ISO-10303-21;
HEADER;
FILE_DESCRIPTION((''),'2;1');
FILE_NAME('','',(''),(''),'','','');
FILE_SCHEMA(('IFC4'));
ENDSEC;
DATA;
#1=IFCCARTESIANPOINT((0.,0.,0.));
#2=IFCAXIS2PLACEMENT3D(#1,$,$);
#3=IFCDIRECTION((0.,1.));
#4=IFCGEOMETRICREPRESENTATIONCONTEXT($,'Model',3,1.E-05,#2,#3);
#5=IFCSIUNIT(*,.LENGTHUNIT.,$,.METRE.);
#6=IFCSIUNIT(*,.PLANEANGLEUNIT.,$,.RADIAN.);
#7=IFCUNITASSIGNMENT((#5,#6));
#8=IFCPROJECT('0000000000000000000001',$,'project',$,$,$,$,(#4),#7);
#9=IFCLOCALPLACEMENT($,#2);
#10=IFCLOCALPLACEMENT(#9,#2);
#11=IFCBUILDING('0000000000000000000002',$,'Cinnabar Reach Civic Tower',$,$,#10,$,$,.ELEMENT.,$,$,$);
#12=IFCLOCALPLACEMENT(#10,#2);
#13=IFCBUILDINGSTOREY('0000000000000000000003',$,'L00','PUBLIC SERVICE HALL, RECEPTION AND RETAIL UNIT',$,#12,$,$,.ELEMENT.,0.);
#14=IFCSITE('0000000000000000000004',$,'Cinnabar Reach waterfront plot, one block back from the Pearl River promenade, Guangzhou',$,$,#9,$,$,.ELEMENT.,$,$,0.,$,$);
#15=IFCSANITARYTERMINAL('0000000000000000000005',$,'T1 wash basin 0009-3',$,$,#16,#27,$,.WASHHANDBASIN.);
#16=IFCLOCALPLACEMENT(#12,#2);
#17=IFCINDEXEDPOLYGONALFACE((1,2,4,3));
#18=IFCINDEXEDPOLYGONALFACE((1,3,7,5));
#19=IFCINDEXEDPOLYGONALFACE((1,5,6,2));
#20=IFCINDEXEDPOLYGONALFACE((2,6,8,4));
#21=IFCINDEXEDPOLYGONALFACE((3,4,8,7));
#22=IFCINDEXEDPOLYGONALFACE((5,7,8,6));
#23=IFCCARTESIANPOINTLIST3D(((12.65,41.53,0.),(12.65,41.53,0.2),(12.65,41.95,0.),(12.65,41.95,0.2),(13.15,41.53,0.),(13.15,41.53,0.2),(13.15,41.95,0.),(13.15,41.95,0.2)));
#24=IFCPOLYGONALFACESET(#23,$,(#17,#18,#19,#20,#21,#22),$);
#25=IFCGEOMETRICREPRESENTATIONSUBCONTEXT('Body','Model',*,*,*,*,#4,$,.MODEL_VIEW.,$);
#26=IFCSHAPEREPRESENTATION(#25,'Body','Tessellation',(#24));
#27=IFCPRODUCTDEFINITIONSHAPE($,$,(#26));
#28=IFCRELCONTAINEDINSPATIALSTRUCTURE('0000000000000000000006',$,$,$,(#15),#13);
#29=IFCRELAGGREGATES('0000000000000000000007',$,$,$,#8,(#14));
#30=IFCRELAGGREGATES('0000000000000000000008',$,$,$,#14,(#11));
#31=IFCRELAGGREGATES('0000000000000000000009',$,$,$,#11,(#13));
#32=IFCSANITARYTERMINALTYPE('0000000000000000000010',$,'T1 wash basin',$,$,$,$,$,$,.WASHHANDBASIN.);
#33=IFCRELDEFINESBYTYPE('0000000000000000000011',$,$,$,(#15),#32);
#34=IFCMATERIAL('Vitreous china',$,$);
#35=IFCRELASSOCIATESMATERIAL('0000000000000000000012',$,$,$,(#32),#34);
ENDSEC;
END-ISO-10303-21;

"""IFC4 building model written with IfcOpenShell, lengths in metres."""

from ifc_helpers import new_model, si_unit, direction, frame, origin, origin_2d, place, context, subcontext, project, spatial, rectangle, extrude, material, type_object, element, save


model = new_model("IFC4")

# Units and contexts
model_context = context("Model", 3, precision=1e-05, world=origin(), true_north=direction((0.0, 1.0)))
body_context = subcontext(model_context, "Body", "Model", "MODEL_VIEW")
ifc_project = project(units=[si_unit("LENGTHUNIT", "METRE"), si_unit("PLANEANGLEUNIT", "RADIAN")], contexts=[model_context])

# Site, building, storey
site_placement = place(None, origin())
site = spatial("IfcSite", under=ifc_project, at=site_placement, Name="Cinnabar Reach waterfront plot, one block back from the Pearl River promenade, Guangzhou", CompositionType="ELEMENT", RefElevation=0.0)
building_placement = place(site_placement, origin())
building = spatial("IfcBuilding", under=site, at=building_placement, Name="Cinnabar Reach Civic Tower", CompositionType="ELEMENT")
storey_placement = place(building_placement, origin())
storey = spatial("IfcBuildingStorey", under=building, at=storey_placement, Name="L00", Description="PUBLIC SERVICE HALL, RECEPTION AND RETAIL UNIT", CompositionType="ELEMENT", Elevation=0.0)

# Sanitary terminal
ifc_material_1 = material(Name="Vitreous china")
sanitary_terminal_type = type_object("IfcSanitaryTerminalType", Name="T1 wash basin", PredefinedType="WASHHANDBASIN", material=ifc_material_1)
for number, where, z_axis, x_axis, name in (
    (1, (12.9, 41.74, 0.0), (0.0, 0.0, 1.0), (1.0, 0.0, 0.0), "T1 wash basin 0009-3"),
):
    element("IfcSanitaryTerminal", number, at=place(storey_placement, frame(where, z_axis=z_axis, x_axis=x_axis)), inside=storey, type_object=sanitary_terminal_type, Name=name, PredefinedType="WASHHANDBASIN", context=body_context, shape_type="SweptSolid", body=[
        extrude(rectangle(XDim=0.5, YDim=0.42, at=origin_2d()), origin(), (0.0, 0.0, 1.0), 0.2),
    ])

save(model, "model.ifc")
